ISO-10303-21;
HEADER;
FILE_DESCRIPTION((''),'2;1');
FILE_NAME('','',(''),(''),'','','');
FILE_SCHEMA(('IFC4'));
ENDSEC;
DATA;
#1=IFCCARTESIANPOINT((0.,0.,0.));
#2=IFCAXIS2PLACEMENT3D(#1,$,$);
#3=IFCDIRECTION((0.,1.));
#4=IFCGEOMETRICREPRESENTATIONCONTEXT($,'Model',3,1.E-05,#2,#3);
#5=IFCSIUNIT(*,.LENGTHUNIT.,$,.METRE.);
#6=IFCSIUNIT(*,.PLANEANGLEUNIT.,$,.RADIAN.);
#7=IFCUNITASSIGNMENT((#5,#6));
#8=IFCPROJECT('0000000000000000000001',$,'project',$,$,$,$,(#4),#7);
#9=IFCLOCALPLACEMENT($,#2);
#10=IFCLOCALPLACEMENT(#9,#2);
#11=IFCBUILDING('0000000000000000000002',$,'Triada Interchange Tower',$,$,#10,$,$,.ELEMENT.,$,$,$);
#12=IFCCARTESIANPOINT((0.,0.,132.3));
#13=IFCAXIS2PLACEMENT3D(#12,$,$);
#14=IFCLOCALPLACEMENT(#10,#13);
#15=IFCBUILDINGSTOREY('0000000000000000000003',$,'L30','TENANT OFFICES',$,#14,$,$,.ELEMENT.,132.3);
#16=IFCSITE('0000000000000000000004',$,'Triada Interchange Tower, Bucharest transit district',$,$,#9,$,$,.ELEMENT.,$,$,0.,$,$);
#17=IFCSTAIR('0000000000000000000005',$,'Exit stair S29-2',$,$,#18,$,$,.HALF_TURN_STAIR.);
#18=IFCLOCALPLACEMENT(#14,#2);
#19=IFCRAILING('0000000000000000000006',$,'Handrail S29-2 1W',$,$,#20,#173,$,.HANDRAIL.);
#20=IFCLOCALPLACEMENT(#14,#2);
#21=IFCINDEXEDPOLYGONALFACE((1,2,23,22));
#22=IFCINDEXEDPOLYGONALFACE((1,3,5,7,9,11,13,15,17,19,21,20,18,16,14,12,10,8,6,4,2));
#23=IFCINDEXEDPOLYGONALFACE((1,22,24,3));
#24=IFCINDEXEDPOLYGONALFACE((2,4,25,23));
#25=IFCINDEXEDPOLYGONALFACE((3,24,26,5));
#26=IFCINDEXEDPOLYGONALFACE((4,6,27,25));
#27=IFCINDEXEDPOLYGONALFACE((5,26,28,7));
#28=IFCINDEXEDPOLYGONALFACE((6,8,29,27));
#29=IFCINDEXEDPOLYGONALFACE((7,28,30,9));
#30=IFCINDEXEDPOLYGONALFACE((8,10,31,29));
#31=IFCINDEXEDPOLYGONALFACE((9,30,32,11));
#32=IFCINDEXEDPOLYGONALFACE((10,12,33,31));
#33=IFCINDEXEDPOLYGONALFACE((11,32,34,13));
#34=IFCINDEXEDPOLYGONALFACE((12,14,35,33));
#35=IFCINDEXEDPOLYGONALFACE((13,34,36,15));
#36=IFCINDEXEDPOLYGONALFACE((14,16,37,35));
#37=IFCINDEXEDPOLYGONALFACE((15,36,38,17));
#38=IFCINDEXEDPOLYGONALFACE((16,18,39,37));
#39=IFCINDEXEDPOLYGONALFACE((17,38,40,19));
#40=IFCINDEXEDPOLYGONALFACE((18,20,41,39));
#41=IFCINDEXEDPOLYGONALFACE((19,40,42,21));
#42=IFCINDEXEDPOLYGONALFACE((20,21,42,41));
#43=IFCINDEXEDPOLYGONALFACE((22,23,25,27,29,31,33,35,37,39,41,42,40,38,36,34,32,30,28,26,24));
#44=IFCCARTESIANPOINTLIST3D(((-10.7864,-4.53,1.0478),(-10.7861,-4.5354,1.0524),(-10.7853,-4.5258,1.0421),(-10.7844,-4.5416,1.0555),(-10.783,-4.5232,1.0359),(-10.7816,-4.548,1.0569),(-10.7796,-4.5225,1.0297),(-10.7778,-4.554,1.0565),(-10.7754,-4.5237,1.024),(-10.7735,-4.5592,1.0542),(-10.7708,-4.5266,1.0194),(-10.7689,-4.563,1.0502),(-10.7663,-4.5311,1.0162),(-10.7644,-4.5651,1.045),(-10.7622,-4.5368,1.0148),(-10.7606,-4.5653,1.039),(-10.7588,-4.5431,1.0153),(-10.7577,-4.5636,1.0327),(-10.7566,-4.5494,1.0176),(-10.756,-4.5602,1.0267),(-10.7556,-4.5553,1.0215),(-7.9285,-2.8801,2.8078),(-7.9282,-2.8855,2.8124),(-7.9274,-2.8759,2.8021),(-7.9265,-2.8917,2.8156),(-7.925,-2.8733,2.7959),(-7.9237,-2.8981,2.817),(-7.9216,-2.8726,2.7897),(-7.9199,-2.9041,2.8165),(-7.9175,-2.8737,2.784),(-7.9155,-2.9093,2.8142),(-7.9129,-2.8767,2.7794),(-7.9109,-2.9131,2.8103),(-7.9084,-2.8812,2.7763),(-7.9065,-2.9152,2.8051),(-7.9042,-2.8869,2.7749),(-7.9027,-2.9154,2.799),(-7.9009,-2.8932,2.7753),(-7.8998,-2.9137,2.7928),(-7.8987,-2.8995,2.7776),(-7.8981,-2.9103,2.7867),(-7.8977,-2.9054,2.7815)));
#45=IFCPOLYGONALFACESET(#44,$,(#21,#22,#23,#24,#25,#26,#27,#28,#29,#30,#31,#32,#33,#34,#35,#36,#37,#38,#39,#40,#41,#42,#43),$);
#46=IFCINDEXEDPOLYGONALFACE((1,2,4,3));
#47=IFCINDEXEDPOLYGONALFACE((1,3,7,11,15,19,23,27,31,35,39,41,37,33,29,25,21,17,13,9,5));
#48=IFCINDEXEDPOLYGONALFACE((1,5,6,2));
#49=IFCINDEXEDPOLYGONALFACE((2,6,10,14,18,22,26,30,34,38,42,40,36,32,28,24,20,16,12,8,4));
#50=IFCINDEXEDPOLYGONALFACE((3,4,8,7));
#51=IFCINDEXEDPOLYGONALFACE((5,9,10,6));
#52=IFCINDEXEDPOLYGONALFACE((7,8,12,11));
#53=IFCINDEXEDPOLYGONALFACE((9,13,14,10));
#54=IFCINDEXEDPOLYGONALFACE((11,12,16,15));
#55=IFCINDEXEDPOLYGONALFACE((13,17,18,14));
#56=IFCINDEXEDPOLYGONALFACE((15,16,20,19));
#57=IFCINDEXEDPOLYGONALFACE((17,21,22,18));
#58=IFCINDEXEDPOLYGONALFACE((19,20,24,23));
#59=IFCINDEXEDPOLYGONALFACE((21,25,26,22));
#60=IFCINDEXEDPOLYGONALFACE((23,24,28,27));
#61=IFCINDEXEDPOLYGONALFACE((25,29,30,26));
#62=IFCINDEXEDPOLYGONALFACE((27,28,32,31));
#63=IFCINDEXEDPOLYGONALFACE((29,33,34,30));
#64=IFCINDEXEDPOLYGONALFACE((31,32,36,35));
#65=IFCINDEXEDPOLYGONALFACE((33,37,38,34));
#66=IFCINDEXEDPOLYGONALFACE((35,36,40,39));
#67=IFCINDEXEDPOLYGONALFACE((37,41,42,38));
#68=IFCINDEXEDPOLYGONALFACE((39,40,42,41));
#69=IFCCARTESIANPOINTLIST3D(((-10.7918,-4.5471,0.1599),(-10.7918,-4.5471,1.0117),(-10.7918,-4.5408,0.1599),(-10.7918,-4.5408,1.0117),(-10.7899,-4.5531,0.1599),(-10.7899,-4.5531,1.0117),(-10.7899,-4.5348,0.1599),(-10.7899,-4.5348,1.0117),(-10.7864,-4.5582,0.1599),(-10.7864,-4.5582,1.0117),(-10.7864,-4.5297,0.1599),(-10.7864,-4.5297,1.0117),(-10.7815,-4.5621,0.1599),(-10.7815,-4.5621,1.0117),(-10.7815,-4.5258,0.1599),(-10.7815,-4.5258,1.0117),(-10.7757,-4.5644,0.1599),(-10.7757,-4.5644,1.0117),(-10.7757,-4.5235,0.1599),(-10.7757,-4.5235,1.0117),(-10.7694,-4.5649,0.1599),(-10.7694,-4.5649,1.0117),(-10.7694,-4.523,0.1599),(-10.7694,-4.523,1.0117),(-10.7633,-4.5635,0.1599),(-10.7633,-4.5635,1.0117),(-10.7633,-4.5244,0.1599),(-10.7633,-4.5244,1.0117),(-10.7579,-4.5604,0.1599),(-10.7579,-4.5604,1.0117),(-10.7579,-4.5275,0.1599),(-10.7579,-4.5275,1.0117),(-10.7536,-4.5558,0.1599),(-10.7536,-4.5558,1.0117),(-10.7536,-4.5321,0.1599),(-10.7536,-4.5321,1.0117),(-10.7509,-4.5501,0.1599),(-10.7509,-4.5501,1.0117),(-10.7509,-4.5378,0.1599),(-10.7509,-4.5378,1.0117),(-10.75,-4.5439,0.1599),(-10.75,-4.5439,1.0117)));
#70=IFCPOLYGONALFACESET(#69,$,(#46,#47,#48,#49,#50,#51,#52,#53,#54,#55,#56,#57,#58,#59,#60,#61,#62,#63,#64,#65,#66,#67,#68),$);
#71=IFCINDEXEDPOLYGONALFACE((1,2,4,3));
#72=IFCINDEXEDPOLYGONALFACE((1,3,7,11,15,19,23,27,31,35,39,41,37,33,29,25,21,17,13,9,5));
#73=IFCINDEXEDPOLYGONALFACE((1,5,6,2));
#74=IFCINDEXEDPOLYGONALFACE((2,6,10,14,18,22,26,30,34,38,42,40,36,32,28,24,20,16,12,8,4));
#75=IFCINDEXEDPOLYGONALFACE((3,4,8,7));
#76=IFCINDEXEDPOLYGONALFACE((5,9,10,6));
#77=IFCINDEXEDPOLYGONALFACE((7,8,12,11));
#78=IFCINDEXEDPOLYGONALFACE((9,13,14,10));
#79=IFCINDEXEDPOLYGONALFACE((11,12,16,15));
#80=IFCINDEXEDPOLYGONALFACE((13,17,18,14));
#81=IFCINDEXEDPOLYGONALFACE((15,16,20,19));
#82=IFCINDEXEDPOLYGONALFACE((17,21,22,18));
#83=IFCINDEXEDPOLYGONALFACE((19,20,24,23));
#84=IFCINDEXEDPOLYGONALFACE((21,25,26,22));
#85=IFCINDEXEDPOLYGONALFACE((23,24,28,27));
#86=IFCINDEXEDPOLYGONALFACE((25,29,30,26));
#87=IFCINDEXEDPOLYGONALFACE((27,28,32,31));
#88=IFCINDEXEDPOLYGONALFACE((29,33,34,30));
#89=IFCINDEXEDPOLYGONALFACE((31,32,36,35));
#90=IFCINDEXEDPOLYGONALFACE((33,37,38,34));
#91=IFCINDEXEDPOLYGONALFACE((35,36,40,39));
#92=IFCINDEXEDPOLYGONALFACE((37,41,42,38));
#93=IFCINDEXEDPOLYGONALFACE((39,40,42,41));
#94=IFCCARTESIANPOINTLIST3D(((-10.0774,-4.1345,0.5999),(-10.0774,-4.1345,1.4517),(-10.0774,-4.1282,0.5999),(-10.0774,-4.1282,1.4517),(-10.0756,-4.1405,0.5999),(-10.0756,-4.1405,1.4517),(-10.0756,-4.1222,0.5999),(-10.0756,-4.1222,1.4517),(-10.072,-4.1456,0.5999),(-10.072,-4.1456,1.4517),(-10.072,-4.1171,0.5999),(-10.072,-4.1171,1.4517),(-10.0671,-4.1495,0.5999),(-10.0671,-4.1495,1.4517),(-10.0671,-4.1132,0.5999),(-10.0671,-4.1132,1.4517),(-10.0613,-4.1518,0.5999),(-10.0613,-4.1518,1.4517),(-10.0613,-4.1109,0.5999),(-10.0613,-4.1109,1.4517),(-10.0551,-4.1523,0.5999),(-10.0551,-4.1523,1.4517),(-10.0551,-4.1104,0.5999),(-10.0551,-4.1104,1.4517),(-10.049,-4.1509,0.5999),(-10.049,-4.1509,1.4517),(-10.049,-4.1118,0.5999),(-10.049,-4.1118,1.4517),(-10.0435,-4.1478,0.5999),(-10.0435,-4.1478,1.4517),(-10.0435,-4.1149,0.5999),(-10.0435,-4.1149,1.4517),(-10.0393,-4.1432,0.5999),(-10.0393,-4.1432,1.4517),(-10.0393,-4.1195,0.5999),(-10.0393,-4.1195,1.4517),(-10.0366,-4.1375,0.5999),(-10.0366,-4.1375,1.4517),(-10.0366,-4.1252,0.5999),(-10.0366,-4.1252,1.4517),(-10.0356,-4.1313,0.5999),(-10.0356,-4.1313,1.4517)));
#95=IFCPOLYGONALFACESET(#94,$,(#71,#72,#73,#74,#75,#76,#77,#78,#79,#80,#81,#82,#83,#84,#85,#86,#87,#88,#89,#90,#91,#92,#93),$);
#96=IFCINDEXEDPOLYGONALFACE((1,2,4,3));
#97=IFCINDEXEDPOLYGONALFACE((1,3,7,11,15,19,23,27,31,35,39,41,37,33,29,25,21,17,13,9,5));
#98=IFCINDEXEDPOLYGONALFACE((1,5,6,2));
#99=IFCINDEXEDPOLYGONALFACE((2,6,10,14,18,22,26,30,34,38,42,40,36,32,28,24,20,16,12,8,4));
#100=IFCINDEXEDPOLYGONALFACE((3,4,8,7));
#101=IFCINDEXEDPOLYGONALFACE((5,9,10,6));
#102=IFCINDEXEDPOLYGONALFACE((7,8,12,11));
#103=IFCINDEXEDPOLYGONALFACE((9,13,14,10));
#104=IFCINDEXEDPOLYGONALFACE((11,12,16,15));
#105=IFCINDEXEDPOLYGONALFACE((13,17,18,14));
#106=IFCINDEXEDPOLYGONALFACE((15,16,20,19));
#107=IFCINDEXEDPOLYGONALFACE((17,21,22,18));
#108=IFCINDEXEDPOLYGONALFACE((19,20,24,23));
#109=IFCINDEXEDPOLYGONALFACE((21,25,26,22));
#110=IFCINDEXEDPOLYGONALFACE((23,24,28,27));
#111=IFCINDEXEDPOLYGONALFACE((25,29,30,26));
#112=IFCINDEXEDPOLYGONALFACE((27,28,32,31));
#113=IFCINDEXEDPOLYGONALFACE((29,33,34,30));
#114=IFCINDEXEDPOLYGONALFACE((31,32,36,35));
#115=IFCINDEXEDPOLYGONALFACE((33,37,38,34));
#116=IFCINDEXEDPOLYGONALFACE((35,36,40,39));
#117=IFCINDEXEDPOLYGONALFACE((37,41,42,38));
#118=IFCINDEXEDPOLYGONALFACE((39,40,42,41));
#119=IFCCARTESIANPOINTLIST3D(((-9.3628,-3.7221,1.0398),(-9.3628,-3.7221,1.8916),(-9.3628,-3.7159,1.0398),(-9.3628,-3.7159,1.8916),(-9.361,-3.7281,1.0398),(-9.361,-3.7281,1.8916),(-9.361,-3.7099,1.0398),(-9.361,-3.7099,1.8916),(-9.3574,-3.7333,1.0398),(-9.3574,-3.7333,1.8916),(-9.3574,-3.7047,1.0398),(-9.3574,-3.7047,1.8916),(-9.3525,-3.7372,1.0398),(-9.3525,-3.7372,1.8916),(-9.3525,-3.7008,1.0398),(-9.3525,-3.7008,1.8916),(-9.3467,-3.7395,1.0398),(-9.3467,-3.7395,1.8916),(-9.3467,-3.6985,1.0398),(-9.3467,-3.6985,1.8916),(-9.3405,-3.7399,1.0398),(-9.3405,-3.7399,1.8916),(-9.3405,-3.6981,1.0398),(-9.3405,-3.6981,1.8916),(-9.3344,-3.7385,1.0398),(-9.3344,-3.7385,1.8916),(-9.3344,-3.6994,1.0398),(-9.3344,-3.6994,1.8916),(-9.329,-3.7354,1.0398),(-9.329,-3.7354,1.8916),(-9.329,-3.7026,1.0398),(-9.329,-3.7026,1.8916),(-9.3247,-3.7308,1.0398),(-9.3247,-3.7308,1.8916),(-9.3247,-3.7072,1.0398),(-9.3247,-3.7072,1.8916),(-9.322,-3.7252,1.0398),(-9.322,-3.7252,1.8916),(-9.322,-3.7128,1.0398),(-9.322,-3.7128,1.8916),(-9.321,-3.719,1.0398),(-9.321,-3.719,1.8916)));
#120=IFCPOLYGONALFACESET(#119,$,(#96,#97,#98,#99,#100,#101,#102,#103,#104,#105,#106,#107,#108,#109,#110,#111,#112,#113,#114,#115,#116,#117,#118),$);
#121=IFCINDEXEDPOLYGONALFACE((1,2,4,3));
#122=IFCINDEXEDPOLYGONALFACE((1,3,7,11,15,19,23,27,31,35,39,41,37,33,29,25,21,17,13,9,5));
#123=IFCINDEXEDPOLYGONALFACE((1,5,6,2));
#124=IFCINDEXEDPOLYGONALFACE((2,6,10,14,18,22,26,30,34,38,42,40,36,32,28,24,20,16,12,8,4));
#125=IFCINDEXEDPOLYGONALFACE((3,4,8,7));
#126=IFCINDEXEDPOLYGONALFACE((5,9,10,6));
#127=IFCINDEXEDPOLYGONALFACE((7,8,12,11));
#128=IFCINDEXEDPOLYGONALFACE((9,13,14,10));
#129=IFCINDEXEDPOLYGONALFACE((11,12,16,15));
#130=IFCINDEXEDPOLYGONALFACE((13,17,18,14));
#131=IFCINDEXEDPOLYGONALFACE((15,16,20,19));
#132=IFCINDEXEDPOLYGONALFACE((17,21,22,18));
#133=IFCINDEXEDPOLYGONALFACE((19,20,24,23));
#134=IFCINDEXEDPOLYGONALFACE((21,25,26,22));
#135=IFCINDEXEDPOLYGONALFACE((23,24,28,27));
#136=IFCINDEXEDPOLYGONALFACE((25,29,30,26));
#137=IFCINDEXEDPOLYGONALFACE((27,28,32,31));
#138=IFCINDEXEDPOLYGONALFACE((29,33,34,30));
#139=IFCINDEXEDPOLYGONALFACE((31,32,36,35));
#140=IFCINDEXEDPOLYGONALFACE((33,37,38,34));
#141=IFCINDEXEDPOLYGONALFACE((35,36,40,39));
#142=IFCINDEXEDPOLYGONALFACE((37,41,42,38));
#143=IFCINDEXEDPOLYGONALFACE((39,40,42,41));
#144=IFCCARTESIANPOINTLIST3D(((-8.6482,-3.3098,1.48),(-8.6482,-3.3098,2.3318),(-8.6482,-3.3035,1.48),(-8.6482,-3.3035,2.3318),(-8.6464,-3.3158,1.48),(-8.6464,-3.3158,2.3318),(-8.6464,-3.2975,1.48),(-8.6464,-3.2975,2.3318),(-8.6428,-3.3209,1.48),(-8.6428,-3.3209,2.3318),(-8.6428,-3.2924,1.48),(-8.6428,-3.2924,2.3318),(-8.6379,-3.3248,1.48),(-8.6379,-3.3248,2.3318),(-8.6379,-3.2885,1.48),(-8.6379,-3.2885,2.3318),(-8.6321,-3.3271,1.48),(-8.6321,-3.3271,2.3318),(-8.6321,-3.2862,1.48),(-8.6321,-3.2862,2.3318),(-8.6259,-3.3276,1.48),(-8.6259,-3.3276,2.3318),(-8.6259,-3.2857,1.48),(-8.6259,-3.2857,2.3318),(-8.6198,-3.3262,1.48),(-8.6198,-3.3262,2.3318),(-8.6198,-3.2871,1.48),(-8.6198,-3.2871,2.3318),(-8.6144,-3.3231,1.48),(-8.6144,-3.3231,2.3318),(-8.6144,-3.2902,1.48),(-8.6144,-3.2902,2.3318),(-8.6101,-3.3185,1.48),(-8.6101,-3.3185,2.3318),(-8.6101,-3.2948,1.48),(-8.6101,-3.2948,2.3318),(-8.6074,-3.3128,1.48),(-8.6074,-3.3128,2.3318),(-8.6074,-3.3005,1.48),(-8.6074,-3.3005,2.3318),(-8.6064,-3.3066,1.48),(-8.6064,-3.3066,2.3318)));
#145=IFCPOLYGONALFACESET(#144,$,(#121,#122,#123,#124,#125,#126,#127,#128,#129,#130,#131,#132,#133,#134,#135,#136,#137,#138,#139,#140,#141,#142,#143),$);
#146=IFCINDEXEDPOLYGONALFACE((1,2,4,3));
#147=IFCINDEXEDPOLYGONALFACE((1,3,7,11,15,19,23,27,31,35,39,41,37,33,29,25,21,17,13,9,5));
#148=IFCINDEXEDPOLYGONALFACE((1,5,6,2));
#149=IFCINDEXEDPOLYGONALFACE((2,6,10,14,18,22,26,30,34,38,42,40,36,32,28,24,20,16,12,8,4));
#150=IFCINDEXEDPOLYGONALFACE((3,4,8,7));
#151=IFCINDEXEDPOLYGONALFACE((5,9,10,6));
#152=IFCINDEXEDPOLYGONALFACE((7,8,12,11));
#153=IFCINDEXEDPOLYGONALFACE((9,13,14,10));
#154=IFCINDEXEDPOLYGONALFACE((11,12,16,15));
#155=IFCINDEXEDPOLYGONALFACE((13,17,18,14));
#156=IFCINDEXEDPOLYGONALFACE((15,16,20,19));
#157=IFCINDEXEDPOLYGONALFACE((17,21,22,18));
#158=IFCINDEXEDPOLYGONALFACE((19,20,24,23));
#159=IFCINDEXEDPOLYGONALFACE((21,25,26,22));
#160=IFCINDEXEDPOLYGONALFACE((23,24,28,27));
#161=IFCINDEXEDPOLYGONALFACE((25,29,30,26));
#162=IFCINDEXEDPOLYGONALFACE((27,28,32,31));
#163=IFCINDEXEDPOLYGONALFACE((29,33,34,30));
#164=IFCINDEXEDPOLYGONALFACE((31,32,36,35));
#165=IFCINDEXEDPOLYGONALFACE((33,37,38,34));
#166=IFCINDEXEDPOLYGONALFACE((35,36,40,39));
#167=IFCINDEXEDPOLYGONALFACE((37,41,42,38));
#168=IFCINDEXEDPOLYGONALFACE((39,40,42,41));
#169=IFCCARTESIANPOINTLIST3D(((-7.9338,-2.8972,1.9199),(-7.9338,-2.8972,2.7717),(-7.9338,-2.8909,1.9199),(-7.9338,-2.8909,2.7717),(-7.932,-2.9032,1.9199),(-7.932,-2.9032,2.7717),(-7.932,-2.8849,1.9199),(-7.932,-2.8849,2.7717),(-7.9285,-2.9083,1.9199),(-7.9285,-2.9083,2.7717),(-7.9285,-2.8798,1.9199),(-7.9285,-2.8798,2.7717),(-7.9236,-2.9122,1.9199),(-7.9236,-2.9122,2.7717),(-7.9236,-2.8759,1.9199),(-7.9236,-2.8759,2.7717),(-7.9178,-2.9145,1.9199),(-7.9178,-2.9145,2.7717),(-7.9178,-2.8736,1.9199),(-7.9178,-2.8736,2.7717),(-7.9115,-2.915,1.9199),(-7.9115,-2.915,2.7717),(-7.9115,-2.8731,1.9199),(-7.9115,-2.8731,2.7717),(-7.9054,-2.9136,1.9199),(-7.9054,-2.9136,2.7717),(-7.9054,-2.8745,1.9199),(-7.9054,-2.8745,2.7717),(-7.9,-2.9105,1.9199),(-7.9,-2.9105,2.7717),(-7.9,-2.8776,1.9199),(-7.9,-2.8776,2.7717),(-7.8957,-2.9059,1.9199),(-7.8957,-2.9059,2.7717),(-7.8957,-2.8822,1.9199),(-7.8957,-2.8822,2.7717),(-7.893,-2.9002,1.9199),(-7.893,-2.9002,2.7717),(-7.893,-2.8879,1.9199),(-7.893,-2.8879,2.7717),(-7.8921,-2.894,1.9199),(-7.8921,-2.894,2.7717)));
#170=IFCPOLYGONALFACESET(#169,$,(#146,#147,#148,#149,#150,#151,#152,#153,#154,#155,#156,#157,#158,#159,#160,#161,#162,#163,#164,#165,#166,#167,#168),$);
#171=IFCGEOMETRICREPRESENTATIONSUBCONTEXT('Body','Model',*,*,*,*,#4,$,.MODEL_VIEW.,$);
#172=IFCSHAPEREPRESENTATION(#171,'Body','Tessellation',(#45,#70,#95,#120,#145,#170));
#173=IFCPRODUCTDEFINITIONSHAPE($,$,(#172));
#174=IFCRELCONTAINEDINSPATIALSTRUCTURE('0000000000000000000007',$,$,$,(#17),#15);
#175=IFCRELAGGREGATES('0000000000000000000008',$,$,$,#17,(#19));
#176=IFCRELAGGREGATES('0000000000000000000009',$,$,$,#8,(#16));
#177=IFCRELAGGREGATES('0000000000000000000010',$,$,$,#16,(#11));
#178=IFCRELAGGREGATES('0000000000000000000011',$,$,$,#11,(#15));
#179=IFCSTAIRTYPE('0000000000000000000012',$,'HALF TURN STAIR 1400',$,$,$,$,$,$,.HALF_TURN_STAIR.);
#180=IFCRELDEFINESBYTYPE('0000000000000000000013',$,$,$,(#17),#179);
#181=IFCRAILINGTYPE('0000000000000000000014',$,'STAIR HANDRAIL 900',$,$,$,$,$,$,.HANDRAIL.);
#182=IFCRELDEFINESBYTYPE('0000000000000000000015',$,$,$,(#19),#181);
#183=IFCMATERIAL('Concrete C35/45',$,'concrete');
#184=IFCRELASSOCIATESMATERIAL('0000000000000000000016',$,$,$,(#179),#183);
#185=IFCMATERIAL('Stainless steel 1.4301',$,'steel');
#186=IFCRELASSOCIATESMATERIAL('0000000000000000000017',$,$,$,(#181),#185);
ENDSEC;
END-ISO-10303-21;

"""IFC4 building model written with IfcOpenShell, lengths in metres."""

from ifc_helpers import new_model, si_unit, direction, frame, origin, origin_2d, place, context, subcontext, project, spatial, circle, extrude, material, type_object, element, aggregate, save


model = new_model("IFC4")

# Units and contexts
model_context = context("Model", 3, precision=1e-05, world=origin(), true_north=direction((0.0, 1.0)))
body_context = subcontext(model_context, "Body", "Model", "MODEL_VIEW")
ifc_project = project(units=[si_unit("LENGTHUNIT", "METRE"), si_unit("PLANEANGLEUNIT", "RADIAN")], contexts=[model_context])

# Site, building, storey
site_placement = place(None, origin())
site = spatial("IfcSite", under=ifc_project, at=site_placement, Name="Triada Interchange Tower, Bucharest transit district", CompositionType="ELEMENT", RefElevation=0.0)
building_placement = place(site_placement, origin())
building = spatial("IfcBuilding", under=site, at=building_placement, Name="Triada Interchange Tower", CompositionType="ELEMENT")
storey_placement = place(building_placement, frame((0.0, 0.0, 132.3)))
storey = spatial("IfcBuildingStorey", under=building, at=storey_placement, Name="L30", Description="TENANT OFFICES", CompositionType="ELEMENT", Elevation=132.3)

# Stair, railing
ifc_material_1 = material(Name="Concrete C35/45", Category="concrete")
stair_type = type_object("IfcStairType", Name="HALF TURN STAIR 1400", PredefinedType="HALF_TURN_STAIR", material=ifc_material_1)
stair_placement = place(storey_placement, origin())
stair = element("IfcStair", 1, at=stair_placement, inside=storey, type_object=stair_type, Name="Exit stair S29-2", PredefinedType="HALF_TURN_STAIR")
ifc_material_2 = material(Name="Stainless steel 1.4301", Category="steel")
railing_type = type_object("IfcRailingType", Name="STAIR HANDRAIL 900", PredefinedType="HANDRAIL", material=ifc_material_2)
railing_1_placement = place(storey_placement, frame((-10.771, -4.5439, 0.1599)))
railing_1 = element("IfcRailing", 2, at=railing_1_placement, type_object=railing_type, Name="Handrail S29-2 1W", PredefinedType="HANDRAIL", context=body_context, shape_type="SweptSolid", body=[
    extrude(circle(Radius=0.0239, at=origin_2d()), frame((0.0, 0.0, 0.876), z_axis=(0.764151, 0.441153, 0.470593), x_axis=(-0.499974, 0.86604, 0.0)), (0.0, 0.0, 1.0), 3.74),
    extrude(circle(Radius=0.021, at=origin_2d()), origin(), (0.0, 0.0, 1.0), 0.8518),
    extrude(circle(Radius=0.021, at=origin_2d()), frame((0.7144, 0.4126, 0.4399)), (0.0, 0.0, 1.0), 0.8518),
    extrude(circle(Radius=0.021, at=origin_2d()), frame((1.429, 0.825, 0.8799)), (0.0, 0.0, 1.0), 0.8518),
    extrude(circle(Radius=0.021, at=origin_2d()), frame((2.1436, 1.2373, 1.3201)), (0.0, 0.0, 1.0), 0.8518),
    extrude(circle(Radius=0.021, at=origin_2d()), frame((2.8579, 1.6499, 1.76)), (0.0, 0.0, 1.0), 0.8518),
])
aggregate(stair, [railing_1])

save(model, "model.ifc")
